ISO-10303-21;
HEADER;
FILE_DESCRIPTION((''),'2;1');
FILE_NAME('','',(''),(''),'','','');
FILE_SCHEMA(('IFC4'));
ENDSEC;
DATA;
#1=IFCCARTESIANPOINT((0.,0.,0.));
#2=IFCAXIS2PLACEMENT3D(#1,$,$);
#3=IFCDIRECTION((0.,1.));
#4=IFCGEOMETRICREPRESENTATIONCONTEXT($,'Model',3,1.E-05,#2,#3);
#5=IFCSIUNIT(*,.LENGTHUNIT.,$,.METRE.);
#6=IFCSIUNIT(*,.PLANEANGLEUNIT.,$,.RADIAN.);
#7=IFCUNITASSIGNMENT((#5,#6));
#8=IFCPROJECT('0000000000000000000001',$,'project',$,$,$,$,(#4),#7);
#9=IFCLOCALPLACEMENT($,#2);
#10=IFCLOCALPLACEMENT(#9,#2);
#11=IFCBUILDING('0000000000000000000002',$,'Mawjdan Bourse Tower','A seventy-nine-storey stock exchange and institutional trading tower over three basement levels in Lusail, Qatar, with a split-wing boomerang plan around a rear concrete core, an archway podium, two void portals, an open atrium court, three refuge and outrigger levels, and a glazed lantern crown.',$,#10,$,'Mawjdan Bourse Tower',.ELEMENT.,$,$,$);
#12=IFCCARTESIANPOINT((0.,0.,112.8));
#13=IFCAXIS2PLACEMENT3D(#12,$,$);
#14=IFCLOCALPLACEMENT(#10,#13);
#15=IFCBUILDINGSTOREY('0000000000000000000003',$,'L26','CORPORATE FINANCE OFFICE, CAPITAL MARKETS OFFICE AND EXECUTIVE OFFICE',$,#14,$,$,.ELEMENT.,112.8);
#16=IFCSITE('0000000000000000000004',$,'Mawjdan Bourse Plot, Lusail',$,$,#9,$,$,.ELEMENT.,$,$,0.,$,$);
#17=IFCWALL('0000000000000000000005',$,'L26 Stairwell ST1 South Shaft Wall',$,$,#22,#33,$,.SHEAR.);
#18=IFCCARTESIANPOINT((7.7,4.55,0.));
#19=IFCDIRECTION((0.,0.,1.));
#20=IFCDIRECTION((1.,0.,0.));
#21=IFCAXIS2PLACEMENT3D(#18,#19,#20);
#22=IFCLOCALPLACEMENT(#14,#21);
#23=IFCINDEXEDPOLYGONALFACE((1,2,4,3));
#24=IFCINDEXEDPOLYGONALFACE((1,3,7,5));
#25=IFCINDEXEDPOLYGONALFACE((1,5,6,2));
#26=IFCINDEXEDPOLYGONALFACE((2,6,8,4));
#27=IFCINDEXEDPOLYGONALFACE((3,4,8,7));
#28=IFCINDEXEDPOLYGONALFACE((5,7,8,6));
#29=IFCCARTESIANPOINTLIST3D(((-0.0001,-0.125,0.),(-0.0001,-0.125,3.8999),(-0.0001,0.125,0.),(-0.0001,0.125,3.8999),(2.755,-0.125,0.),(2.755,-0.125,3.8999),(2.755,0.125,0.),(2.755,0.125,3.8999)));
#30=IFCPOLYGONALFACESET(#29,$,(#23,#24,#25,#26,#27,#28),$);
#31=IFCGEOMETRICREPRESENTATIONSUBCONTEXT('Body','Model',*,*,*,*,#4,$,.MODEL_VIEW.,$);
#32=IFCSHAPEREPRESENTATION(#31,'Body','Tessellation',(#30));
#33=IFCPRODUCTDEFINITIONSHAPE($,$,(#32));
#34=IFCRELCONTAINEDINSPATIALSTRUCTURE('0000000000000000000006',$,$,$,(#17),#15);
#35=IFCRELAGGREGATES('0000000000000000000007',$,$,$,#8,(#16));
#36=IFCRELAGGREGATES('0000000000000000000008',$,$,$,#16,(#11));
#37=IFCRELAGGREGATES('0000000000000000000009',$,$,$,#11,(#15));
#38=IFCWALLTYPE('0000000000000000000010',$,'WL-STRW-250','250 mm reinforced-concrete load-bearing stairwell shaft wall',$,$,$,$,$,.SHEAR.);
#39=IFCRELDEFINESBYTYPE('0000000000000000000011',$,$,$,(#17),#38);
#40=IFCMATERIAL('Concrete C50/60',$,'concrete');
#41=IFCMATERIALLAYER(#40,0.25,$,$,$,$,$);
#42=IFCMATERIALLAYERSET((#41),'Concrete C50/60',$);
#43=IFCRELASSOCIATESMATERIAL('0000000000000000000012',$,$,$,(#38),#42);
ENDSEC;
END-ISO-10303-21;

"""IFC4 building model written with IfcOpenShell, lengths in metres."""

from ifc_helpers import new_model, si_unit, direction, frame, frame_2d, origin, place, context, subcontext, project, spatial, rectangle, extrude, material, layer, layer_set, type_object, element, save


model = new_model("IFC4")

# Units and contexts
model_context = context("Model", 3, precision=1e-05, world=origin(), true_north=direction((0.0, 1.0)))
body_context = subcontext(model_context, "Body", "Model", "MODEL_VIEW")
ifc_project = project(units=[si_unit("LENGTHUNIT", "METRE"), si_unit("PLANEANGLEUNIT", "RADIAN")], contexts=[model_context])

# Site, building, storey
site_placement = place(None, origin())
site = spatial("IfcSite", under=ifc_project, at=site_placement, Name="Mawjdan Bourse Plot, Lusail", CompositionType="ELEMENT", RefElevation=0.0)
building_placement = place(site_placement, origin())
building = spatial("IfcBuilding", under=site, at=building_placement, Name="Mawjdan Bourse Tower", Description="A seventy-nine-storey stock exchange and institutional trading tower over three basement levels in Lusail, Qatar, with a split-wing boomerang plan around a rear concrete core, an archway podium, two void portals, an open atrium court, three refuge and outrigger levels, and a glazed lantern crown.", LongName="Mawjdan Bourse Tower", CompositionType="ELEMENT")
storey_placement = place(building_placement, frame((0.0, 0.0, 112.8)))
storey = spatial("IfcBuildingStorey", under=building, at=storey_placement, Name="L26", Description="CORPORATE FINANCE OFFICE, CAPITAL MARKETS OFFICE AND EXECUTIVE OFFICE", CompositionType="ELEMENT", Elevation=112.8)

# Shared definitions
ifc_material_1 = material(Name="Concrete C50/60", Category="concrete")

# Wall
ifc_layer_1 = layer(ifc_material_1, 0.25)
ifc_layer_set_1 = layer_set([ifc_layer_1], Name="Concrete C50/60")
wall_type_1 = type_object("IfcWallType", Name="WL-STRW-250", Description="250 mm reinforced-concrete load-bearing stairwell shaft wall", PredefinedType="SHEAR", material=ifc_layer_set_1)
wall_1_placement = place(storey_placement, frame((7.7, 4.55, 0.0), z_axis=(0.0, 0.0, 1.0), x_axis=(1.0, 0.0, 0.0)))
element("IfcWall", 1, at=wall_1_placement, inside=storey, type_object=wall_type_1, Name="L26 Stairwell ST1 South Shaft Wall", PredefinedType="SHEAR", context=body_context, shape_type="SweptSolid", body=[
    extrude(rectangle(XDim=2.7551, YDim=0.25, at=frame_2d((1.3774, 0.0))), origin(), (0.0, 0.0, 1.0), 3.8999),
])

save(model, "model.ifc")
